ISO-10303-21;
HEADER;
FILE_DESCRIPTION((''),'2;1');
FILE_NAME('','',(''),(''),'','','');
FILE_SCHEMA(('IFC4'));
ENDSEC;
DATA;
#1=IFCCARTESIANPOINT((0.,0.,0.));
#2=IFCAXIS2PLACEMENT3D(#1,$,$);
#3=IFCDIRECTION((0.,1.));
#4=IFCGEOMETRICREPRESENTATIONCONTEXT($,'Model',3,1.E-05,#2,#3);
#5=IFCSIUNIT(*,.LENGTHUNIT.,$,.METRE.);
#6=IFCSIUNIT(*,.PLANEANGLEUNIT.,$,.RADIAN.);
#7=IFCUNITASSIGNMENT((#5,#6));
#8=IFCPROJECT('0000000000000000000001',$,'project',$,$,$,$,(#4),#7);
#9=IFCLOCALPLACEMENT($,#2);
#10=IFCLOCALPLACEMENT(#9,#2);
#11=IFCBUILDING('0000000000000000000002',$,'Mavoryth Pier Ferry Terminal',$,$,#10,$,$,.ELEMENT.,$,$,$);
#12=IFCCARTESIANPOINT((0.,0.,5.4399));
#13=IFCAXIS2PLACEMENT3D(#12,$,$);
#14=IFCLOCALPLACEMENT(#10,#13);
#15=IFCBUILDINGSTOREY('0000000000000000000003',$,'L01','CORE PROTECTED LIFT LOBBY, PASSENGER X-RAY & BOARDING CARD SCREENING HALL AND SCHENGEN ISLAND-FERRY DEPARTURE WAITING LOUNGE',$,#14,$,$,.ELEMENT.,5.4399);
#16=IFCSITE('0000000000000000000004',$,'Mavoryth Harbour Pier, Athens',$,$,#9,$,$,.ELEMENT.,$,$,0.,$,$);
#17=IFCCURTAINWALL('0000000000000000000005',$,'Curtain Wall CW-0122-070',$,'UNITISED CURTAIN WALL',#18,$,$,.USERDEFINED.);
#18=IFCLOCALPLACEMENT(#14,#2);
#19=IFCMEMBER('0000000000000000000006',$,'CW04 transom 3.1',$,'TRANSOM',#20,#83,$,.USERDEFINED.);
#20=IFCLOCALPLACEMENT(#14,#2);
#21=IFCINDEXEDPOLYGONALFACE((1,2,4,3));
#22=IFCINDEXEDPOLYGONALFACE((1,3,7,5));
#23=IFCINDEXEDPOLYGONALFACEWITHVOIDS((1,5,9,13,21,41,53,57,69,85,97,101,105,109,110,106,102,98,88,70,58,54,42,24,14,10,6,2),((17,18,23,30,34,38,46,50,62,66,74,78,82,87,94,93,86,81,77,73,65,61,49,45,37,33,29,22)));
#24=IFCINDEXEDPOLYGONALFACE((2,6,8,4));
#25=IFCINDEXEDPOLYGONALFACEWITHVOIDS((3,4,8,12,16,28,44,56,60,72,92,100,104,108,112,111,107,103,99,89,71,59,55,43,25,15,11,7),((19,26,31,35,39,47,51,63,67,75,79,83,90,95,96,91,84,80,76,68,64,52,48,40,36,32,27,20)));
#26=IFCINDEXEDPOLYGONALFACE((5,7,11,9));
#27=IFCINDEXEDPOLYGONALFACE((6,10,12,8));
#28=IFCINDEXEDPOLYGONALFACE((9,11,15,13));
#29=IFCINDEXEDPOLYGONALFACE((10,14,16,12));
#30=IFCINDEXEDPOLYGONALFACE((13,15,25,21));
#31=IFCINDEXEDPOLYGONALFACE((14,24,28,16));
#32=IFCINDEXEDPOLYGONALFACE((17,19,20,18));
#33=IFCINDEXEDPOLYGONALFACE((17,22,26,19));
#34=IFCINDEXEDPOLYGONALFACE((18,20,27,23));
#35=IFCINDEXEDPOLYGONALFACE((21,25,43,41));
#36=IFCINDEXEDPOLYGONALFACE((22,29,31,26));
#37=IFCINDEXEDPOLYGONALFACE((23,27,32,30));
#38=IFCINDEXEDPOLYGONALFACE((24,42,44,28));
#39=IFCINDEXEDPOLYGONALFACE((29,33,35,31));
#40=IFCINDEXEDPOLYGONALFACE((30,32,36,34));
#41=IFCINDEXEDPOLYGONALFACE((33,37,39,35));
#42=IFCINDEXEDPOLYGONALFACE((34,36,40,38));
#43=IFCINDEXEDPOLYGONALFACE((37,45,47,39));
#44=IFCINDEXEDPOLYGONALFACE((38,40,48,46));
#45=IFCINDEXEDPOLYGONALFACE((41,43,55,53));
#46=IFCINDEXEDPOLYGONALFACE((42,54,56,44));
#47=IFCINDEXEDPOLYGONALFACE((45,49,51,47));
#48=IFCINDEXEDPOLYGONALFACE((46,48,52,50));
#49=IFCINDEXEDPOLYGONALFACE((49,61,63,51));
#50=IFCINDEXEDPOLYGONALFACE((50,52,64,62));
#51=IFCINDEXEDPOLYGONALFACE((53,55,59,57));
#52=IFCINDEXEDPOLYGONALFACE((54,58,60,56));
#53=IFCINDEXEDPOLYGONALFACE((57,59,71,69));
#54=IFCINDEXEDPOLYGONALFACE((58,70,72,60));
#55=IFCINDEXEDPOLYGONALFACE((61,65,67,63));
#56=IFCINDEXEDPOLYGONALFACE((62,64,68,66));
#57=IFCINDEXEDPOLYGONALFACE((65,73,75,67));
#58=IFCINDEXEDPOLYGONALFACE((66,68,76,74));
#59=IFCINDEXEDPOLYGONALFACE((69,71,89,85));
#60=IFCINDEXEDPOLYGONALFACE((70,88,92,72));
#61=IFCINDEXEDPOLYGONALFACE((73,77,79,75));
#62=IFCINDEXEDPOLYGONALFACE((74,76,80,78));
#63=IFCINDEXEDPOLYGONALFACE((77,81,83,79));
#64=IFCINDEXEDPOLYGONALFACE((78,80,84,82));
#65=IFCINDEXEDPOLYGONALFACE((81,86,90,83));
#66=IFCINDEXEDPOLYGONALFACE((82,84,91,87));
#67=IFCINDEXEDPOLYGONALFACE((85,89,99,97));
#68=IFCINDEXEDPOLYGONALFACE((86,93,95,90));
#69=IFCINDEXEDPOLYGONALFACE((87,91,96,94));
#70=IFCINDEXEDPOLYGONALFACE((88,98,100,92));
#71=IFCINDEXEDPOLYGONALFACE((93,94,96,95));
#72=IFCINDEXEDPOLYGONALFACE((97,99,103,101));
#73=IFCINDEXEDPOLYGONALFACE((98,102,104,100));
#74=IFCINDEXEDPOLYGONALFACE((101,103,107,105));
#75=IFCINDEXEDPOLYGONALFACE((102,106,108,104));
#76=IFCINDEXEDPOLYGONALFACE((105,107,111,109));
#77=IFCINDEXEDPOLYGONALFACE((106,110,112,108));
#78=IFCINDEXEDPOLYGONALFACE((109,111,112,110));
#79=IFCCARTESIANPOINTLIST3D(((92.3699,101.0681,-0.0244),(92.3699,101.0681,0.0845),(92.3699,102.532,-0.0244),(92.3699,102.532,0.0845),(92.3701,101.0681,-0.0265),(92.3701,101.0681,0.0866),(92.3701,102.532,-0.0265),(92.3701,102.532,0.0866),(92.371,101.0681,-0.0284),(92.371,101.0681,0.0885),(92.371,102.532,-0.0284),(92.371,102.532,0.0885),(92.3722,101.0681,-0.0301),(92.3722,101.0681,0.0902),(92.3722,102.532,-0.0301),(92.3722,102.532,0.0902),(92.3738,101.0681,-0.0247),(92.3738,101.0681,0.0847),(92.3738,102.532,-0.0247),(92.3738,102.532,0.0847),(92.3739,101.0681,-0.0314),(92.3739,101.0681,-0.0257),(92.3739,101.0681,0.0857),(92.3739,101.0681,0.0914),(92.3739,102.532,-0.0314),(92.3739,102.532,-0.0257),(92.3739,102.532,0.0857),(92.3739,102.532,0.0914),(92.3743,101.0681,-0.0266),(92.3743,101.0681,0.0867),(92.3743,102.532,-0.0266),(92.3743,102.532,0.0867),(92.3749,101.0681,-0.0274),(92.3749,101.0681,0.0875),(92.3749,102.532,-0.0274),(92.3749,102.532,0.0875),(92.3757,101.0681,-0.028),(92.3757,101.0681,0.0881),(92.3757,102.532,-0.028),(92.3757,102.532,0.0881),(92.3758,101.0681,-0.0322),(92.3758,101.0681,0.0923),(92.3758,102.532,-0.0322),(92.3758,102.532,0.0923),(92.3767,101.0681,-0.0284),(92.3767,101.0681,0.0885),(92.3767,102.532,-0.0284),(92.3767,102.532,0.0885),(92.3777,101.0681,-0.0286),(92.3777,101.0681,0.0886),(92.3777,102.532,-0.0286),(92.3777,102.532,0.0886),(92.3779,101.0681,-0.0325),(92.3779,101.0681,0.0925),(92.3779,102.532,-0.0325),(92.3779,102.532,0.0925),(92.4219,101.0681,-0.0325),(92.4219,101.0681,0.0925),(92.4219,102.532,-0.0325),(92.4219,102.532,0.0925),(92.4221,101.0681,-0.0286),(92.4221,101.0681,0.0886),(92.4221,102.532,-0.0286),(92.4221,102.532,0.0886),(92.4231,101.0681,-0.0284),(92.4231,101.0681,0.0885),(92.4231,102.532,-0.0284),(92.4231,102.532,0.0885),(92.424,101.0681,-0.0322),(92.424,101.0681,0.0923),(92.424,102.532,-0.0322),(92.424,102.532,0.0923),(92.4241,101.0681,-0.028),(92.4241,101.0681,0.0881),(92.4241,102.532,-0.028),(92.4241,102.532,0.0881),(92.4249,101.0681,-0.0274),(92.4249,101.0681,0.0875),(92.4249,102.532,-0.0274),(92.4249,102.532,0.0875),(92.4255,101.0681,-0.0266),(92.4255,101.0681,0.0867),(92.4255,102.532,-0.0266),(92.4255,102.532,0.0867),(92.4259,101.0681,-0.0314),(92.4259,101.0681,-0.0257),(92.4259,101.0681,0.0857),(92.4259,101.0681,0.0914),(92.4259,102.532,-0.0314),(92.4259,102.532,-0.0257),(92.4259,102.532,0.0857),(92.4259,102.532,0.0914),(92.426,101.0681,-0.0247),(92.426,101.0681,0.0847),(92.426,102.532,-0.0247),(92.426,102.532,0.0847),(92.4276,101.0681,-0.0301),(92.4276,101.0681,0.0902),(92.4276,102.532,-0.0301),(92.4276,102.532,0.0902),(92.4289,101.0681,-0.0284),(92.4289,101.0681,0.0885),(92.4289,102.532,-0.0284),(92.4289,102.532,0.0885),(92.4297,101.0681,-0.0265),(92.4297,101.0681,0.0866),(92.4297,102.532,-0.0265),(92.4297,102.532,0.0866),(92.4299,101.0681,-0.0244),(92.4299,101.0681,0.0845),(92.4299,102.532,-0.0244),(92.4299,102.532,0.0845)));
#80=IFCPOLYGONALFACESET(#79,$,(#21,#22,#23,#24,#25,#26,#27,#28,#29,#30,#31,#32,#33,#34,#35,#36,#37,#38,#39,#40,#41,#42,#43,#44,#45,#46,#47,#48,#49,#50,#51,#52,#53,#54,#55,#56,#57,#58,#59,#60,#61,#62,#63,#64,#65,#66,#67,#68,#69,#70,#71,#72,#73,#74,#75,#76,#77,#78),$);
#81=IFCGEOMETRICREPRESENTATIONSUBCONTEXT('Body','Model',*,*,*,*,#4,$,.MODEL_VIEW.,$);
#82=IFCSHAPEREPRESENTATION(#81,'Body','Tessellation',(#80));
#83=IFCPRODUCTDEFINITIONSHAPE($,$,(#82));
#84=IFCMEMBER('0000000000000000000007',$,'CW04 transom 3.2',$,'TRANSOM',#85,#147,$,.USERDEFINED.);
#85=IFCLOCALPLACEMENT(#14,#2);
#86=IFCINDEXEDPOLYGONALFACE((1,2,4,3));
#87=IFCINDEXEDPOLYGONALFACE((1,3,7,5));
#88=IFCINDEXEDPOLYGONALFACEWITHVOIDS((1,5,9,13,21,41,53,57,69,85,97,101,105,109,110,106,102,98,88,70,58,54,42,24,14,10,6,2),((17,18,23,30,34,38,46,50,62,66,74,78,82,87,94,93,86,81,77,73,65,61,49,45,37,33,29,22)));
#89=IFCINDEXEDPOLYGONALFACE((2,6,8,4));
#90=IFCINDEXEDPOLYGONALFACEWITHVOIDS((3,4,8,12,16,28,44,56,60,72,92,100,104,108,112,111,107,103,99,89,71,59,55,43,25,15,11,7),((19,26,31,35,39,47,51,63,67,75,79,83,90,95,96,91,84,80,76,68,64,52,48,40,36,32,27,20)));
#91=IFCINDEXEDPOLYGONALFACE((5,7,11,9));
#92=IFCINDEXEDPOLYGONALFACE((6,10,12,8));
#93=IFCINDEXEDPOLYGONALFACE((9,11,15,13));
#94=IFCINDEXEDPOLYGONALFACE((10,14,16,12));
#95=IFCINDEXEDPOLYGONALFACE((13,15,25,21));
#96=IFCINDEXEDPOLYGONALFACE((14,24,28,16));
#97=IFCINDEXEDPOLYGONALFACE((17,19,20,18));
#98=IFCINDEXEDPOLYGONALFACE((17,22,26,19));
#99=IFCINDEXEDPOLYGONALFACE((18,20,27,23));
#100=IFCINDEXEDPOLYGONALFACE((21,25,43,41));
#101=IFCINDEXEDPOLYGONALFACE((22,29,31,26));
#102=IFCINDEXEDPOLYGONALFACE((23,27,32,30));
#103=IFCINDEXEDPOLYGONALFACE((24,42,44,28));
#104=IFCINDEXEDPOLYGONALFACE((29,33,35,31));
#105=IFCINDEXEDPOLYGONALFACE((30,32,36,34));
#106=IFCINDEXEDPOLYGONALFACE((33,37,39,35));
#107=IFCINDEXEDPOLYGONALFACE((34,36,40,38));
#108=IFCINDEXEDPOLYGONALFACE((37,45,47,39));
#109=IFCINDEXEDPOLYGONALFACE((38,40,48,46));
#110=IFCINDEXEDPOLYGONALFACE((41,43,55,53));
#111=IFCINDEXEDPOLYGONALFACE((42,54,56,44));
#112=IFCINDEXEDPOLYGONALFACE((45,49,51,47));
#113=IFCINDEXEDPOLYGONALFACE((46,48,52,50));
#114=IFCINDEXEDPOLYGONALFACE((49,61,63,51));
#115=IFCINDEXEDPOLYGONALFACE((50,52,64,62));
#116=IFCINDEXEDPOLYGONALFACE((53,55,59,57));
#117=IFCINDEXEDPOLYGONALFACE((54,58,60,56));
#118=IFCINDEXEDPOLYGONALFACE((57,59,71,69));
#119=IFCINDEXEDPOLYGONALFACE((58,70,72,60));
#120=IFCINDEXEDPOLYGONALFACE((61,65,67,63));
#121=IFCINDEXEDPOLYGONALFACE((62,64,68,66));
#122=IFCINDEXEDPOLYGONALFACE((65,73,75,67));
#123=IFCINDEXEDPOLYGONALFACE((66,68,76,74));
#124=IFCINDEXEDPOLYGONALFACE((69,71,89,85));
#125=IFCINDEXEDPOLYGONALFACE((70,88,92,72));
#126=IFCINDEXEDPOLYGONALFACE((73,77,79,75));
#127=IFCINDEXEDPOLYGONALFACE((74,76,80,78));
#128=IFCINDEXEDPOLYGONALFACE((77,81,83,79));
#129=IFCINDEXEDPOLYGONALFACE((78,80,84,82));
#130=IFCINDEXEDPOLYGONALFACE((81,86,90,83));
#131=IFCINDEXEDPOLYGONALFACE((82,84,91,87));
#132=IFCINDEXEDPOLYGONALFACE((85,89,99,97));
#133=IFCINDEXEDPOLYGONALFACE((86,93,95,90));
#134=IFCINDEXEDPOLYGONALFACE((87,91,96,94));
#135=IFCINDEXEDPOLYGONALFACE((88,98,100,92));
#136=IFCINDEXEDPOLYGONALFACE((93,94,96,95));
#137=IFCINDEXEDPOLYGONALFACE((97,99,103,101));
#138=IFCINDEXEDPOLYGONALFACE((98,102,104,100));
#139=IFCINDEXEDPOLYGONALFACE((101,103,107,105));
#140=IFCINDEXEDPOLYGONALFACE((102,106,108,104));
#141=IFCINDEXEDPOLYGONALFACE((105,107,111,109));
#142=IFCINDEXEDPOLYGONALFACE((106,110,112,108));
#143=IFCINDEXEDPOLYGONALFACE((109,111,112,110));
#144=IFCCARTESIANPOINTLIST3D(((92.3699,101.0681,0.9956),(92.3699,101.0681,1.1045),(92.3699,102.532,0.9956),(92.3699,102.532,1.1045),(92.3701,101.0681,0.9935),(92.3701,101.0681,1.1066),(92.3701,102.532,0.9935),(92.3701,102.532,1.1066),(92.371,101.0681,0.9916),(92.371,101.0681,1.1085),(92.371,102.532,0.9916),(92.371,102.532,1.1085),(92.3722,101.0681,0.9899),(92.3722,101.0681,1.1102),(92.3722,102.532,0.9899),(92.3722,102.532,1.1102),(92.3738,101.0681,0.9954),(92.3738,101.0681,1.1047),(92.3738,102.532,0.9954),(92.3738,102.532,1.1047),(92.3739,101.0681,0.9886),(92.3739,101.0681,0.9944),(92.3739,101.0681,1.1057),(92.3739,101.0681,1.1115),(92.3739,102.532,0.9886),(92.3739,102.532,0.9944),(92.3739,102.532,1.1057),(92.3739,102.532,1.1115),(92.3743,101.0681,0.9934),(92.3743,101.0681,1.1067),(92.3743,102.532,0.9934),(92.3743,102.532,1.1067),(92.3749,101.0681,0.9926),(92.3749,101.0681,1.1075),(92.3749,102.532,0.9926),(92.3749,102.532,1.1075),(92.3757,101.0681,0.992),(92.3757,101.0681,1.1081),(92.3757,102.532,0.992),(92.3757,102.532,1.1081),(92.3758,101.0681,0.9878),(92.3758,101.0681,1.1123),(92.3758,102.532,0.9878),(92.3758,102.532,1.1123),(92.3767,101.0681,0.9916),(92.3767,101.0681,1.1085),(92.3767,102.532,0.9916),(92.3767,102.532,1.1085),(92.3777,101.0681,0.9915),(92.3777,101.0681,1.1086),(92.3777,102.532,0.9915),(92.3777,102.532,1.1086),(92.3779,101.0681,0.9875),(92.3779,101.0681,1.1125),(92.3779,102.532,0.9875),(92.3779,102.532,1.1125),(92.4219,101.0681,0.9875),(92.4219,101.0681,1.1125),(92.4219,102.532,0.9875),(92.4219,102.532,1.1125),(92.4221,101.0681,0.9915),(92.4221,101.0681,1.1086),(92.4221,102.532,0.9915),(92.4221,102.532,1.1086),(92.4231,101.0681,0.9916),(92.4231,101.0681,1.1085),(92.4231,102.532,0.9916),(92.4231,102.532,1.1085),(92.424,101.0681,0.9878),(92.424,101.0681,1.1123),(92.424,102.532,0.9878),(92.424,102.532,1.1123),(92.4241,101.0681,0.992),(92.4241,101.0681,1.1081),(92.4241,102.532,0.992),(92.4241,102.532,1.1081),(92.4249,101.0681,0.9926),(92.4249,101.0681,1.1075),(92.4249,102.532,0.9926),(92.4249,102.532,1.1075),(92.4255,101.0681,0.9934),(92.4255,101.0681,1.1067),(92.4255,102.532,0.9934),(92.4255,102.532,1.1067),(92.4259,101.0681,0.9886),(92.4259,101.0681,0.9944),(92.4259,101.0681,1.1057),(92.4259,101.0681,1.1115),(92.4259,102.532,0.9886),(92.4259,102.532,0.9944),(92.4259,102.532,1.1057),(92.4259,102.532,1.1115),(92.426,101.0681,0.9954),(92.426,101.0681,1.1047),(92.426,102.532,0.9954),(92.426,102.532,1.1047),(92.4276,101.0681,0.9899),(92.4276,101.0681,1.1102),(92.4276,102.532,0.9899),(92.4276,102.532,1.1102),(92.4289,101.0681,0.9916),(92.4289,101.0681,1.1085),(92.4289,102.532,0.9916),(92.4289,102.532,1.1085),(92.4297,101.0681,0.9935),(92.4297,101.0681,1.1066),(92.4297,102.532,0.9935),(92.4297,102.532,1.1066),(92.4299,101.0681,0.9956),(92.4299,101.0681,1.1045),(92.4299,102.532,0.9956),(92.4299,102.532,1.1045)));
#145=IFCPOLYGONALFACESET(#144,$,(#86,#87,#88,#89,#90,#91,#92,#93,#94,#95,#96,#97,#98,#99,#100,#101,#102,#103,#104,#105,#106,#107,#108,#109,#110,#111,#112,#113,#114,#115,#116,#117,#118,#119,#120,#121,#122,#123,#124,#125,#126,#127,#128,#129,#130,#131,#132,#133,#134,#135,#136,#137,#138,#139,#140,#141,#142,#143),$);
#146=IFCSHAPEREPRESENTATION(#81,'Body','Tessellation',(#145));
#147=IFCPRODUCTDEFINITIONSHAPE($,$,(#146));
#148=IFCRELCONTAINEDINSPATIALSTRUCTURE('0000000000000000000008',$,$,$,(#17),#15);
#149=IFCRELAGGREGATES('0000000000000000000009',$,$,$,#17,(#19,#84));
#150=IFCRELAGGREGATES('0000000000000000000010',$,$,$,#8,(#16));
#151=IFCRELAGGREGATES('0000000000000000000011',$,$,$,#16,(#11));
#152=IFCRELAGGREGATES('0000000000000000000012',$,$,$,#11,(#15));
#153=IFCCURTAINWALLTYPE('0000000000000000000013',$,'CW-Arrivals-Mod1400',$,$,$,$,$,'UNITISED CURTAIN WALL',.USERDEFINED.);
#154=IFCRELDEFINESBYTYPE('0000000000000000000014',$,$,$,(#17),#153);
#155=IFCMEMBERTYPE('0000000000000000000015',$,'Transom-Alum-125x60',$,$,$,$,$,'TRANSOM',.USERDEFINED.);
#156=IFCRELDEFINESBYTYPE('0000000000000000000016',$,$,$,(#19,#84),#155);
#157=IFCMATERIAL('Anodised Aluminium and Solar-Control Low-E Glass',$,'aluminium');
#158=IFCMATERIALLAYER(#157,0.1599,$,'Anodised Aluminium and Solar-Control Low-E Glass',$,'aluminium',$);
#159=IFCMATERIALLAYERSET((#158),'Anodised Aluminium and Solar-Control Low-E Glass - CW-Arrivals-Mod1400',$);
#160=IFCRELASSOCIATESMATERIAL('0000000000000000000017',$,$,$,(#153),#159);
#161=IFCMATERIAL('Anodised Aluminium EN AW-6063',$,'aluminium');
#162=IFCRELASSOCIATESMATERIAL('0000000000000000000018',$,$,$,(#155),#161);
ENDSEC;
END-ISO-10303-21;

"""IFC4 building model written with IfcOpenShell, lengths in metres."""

from ifc_helpers import new_model, si_unit, direction, frame, origin, origin_2d, place, context, subcontext, project, spatial, hollow_rectangle, extrude, material, layer, layer_set, material_profile, profile_set, type_object, element, aggregate, save


model = new_model("IFC4")

# Units and contexts
model_context = context("Model", 3, precision=1e-05, world=origin(), true_north=direction((0.0, 1.0)))
body_context = subcontext(model_context, "Body", "Model", "MODEL_VIEW")
ifc_project = project(units=[si_unit("LENGTHUNIT", "METRE"), si_unit("PLANEANGLEUNIT", "RADIAN")], contexts=[model_context])

# Site, building, storey
site_placement = place(None, origin())
site = spatial("IfcSite", under=ifc_project, at=site_placement, Name="Mavoryth Harbour Pier, Athens", CompositionType="ELEMENT", RefElevation=0.0)
building_placement = place(site_placement, origin())
building = spatial("IfcBuilding", under=site, at=building_placement, Name="Mavoryth Pier Ferry Terminal", CompositionType="ELEMENT")
storey_placement = place(building_placement, frame((0.0, 0.0, 5.4399)))
storey = spatial("IfcBuildingStorey", under=building, at=storey_placement, Name="L01", Description="CORE PROTECTED LIFT LOBBY, PASSENGER X-RAY & BOARDING CARD SCREENING HALL AND SCHENGEN ISLAND-FERRY DEPARTURE WAITING LOUNGE", CompositionType="ELEMENT", Elevation=5.4399)

# Shared definitions
ifc_material_1 = material(Name="Anodised Aluminium and Solar-Control Low-E Glass", Category="aluminium")
ifc_layer_1 = layer(ifc_material_1, 0.1599, Name="Anodised Aluminium and Solar-Control Low-E Glass", Category="aluminium")
ifc_layer_set_1 = layer_set([ifc_layer_1], Name="Anodised Aluminium and Solar-Control Low-E Glass - CW-Arrivals-Mod1400")
curtain_wall_type = type_object("IfcCurtainWallType", Name="CW-Arrivals-Mod1400", ElementType="UNITISED CURTAIN WALL", PredefinedType="USERDEFINED", material=ifc_layer_set_1)
ifc_material_2 = material(Name="Anodised Aluminium EN AW-6063", Category="aluminium")

# Curtain wall
curtain_wall_1_placement = place(storey_placement, origin())
curtain_wall_1 = element("IfcCurtainWall", 1, at=curtain_wall_1_placement, inside=storey, type_object=curtain_wall_type, Name="Curtain Wall CW-0122-070", ObjectType="UNITISED CURTAIN WALL", PredefinedType="USERDEFINED")

# Members
ifc_material_profile_1 = material_profile(ifc_material_2, hollow_rectangle(XDim=0.0601, YDim=0.125, WallThickness=0.0039, InnerFilletRadius=0.0039, OuterFilletRadius=0.0081, at=origin_2d()), Name="AL-TRAN 125x60x4", Category="aluminium")
ifc_profile_set_1 = profile_set([ifc_material_profile_1], Name="Anodised Aluminium EN AW-6063 - AL-TRAN 125x60x4")
member_type_1 = type_object("IfcMemberType", Name="Transom-Alum-125x60", ElementType="TRANSOM", PredefinedType="USERDEFINED", material=ifc_profile_set_1)
member_1_placement = place(storey_placement, frame((92.3999, 101.0681, 0.03), z_axis=(0.0, 1.0, 0.0), x_axis=(-1.0, 0.0, 0.0)))
member_1 = element("IfcMember", 2, at=member_1_placement, type_object=member_type_1, Name="CW04 transom 3.1", ObjectType="TRANSOM", PredefinedType="USERDEFINED", context=body_context, shape_type="SweptSolid", body=[
    extrude(hollow_rectangle(XDim=0.0601, YDim=0.125, WallThickness=0.0039, InnerFilletRadius=0.0039, OuterFilletRadius=0.0081, at=origin_2d()), origin(), (0.0, 0.0, 1.0), 1.4639),
])
member_2_placement = place(storey_placement, frame((92.3999, 101.0681, 1.05), z_axis=(0.0, 1.0, 0.0), x_axis=(-1.0, 0.0, 0.0)))
member_2 = element("IfcMember", 3, at=member_2_placement, type_object=member_type_1, Name="CW04 transom 3.2", ObjectType="TRANSOM", PredefinedType="USERDEFINED", context=body_context, shape_type="SweptSolid", body=[
    extrude(hollow_rectangle(XDim=0.0601, YDim=0.125, WallThickness=0.0039, InnerFilletRadius=0.0039, OuterFilletRadius=0.0081, at=origin_2d()), origin(), (0.0, 0.0, 1.0), 1.4639),
])

aggregate(curtain_wall_1, [member_1, member_2])

save(model, "model.ifc")
